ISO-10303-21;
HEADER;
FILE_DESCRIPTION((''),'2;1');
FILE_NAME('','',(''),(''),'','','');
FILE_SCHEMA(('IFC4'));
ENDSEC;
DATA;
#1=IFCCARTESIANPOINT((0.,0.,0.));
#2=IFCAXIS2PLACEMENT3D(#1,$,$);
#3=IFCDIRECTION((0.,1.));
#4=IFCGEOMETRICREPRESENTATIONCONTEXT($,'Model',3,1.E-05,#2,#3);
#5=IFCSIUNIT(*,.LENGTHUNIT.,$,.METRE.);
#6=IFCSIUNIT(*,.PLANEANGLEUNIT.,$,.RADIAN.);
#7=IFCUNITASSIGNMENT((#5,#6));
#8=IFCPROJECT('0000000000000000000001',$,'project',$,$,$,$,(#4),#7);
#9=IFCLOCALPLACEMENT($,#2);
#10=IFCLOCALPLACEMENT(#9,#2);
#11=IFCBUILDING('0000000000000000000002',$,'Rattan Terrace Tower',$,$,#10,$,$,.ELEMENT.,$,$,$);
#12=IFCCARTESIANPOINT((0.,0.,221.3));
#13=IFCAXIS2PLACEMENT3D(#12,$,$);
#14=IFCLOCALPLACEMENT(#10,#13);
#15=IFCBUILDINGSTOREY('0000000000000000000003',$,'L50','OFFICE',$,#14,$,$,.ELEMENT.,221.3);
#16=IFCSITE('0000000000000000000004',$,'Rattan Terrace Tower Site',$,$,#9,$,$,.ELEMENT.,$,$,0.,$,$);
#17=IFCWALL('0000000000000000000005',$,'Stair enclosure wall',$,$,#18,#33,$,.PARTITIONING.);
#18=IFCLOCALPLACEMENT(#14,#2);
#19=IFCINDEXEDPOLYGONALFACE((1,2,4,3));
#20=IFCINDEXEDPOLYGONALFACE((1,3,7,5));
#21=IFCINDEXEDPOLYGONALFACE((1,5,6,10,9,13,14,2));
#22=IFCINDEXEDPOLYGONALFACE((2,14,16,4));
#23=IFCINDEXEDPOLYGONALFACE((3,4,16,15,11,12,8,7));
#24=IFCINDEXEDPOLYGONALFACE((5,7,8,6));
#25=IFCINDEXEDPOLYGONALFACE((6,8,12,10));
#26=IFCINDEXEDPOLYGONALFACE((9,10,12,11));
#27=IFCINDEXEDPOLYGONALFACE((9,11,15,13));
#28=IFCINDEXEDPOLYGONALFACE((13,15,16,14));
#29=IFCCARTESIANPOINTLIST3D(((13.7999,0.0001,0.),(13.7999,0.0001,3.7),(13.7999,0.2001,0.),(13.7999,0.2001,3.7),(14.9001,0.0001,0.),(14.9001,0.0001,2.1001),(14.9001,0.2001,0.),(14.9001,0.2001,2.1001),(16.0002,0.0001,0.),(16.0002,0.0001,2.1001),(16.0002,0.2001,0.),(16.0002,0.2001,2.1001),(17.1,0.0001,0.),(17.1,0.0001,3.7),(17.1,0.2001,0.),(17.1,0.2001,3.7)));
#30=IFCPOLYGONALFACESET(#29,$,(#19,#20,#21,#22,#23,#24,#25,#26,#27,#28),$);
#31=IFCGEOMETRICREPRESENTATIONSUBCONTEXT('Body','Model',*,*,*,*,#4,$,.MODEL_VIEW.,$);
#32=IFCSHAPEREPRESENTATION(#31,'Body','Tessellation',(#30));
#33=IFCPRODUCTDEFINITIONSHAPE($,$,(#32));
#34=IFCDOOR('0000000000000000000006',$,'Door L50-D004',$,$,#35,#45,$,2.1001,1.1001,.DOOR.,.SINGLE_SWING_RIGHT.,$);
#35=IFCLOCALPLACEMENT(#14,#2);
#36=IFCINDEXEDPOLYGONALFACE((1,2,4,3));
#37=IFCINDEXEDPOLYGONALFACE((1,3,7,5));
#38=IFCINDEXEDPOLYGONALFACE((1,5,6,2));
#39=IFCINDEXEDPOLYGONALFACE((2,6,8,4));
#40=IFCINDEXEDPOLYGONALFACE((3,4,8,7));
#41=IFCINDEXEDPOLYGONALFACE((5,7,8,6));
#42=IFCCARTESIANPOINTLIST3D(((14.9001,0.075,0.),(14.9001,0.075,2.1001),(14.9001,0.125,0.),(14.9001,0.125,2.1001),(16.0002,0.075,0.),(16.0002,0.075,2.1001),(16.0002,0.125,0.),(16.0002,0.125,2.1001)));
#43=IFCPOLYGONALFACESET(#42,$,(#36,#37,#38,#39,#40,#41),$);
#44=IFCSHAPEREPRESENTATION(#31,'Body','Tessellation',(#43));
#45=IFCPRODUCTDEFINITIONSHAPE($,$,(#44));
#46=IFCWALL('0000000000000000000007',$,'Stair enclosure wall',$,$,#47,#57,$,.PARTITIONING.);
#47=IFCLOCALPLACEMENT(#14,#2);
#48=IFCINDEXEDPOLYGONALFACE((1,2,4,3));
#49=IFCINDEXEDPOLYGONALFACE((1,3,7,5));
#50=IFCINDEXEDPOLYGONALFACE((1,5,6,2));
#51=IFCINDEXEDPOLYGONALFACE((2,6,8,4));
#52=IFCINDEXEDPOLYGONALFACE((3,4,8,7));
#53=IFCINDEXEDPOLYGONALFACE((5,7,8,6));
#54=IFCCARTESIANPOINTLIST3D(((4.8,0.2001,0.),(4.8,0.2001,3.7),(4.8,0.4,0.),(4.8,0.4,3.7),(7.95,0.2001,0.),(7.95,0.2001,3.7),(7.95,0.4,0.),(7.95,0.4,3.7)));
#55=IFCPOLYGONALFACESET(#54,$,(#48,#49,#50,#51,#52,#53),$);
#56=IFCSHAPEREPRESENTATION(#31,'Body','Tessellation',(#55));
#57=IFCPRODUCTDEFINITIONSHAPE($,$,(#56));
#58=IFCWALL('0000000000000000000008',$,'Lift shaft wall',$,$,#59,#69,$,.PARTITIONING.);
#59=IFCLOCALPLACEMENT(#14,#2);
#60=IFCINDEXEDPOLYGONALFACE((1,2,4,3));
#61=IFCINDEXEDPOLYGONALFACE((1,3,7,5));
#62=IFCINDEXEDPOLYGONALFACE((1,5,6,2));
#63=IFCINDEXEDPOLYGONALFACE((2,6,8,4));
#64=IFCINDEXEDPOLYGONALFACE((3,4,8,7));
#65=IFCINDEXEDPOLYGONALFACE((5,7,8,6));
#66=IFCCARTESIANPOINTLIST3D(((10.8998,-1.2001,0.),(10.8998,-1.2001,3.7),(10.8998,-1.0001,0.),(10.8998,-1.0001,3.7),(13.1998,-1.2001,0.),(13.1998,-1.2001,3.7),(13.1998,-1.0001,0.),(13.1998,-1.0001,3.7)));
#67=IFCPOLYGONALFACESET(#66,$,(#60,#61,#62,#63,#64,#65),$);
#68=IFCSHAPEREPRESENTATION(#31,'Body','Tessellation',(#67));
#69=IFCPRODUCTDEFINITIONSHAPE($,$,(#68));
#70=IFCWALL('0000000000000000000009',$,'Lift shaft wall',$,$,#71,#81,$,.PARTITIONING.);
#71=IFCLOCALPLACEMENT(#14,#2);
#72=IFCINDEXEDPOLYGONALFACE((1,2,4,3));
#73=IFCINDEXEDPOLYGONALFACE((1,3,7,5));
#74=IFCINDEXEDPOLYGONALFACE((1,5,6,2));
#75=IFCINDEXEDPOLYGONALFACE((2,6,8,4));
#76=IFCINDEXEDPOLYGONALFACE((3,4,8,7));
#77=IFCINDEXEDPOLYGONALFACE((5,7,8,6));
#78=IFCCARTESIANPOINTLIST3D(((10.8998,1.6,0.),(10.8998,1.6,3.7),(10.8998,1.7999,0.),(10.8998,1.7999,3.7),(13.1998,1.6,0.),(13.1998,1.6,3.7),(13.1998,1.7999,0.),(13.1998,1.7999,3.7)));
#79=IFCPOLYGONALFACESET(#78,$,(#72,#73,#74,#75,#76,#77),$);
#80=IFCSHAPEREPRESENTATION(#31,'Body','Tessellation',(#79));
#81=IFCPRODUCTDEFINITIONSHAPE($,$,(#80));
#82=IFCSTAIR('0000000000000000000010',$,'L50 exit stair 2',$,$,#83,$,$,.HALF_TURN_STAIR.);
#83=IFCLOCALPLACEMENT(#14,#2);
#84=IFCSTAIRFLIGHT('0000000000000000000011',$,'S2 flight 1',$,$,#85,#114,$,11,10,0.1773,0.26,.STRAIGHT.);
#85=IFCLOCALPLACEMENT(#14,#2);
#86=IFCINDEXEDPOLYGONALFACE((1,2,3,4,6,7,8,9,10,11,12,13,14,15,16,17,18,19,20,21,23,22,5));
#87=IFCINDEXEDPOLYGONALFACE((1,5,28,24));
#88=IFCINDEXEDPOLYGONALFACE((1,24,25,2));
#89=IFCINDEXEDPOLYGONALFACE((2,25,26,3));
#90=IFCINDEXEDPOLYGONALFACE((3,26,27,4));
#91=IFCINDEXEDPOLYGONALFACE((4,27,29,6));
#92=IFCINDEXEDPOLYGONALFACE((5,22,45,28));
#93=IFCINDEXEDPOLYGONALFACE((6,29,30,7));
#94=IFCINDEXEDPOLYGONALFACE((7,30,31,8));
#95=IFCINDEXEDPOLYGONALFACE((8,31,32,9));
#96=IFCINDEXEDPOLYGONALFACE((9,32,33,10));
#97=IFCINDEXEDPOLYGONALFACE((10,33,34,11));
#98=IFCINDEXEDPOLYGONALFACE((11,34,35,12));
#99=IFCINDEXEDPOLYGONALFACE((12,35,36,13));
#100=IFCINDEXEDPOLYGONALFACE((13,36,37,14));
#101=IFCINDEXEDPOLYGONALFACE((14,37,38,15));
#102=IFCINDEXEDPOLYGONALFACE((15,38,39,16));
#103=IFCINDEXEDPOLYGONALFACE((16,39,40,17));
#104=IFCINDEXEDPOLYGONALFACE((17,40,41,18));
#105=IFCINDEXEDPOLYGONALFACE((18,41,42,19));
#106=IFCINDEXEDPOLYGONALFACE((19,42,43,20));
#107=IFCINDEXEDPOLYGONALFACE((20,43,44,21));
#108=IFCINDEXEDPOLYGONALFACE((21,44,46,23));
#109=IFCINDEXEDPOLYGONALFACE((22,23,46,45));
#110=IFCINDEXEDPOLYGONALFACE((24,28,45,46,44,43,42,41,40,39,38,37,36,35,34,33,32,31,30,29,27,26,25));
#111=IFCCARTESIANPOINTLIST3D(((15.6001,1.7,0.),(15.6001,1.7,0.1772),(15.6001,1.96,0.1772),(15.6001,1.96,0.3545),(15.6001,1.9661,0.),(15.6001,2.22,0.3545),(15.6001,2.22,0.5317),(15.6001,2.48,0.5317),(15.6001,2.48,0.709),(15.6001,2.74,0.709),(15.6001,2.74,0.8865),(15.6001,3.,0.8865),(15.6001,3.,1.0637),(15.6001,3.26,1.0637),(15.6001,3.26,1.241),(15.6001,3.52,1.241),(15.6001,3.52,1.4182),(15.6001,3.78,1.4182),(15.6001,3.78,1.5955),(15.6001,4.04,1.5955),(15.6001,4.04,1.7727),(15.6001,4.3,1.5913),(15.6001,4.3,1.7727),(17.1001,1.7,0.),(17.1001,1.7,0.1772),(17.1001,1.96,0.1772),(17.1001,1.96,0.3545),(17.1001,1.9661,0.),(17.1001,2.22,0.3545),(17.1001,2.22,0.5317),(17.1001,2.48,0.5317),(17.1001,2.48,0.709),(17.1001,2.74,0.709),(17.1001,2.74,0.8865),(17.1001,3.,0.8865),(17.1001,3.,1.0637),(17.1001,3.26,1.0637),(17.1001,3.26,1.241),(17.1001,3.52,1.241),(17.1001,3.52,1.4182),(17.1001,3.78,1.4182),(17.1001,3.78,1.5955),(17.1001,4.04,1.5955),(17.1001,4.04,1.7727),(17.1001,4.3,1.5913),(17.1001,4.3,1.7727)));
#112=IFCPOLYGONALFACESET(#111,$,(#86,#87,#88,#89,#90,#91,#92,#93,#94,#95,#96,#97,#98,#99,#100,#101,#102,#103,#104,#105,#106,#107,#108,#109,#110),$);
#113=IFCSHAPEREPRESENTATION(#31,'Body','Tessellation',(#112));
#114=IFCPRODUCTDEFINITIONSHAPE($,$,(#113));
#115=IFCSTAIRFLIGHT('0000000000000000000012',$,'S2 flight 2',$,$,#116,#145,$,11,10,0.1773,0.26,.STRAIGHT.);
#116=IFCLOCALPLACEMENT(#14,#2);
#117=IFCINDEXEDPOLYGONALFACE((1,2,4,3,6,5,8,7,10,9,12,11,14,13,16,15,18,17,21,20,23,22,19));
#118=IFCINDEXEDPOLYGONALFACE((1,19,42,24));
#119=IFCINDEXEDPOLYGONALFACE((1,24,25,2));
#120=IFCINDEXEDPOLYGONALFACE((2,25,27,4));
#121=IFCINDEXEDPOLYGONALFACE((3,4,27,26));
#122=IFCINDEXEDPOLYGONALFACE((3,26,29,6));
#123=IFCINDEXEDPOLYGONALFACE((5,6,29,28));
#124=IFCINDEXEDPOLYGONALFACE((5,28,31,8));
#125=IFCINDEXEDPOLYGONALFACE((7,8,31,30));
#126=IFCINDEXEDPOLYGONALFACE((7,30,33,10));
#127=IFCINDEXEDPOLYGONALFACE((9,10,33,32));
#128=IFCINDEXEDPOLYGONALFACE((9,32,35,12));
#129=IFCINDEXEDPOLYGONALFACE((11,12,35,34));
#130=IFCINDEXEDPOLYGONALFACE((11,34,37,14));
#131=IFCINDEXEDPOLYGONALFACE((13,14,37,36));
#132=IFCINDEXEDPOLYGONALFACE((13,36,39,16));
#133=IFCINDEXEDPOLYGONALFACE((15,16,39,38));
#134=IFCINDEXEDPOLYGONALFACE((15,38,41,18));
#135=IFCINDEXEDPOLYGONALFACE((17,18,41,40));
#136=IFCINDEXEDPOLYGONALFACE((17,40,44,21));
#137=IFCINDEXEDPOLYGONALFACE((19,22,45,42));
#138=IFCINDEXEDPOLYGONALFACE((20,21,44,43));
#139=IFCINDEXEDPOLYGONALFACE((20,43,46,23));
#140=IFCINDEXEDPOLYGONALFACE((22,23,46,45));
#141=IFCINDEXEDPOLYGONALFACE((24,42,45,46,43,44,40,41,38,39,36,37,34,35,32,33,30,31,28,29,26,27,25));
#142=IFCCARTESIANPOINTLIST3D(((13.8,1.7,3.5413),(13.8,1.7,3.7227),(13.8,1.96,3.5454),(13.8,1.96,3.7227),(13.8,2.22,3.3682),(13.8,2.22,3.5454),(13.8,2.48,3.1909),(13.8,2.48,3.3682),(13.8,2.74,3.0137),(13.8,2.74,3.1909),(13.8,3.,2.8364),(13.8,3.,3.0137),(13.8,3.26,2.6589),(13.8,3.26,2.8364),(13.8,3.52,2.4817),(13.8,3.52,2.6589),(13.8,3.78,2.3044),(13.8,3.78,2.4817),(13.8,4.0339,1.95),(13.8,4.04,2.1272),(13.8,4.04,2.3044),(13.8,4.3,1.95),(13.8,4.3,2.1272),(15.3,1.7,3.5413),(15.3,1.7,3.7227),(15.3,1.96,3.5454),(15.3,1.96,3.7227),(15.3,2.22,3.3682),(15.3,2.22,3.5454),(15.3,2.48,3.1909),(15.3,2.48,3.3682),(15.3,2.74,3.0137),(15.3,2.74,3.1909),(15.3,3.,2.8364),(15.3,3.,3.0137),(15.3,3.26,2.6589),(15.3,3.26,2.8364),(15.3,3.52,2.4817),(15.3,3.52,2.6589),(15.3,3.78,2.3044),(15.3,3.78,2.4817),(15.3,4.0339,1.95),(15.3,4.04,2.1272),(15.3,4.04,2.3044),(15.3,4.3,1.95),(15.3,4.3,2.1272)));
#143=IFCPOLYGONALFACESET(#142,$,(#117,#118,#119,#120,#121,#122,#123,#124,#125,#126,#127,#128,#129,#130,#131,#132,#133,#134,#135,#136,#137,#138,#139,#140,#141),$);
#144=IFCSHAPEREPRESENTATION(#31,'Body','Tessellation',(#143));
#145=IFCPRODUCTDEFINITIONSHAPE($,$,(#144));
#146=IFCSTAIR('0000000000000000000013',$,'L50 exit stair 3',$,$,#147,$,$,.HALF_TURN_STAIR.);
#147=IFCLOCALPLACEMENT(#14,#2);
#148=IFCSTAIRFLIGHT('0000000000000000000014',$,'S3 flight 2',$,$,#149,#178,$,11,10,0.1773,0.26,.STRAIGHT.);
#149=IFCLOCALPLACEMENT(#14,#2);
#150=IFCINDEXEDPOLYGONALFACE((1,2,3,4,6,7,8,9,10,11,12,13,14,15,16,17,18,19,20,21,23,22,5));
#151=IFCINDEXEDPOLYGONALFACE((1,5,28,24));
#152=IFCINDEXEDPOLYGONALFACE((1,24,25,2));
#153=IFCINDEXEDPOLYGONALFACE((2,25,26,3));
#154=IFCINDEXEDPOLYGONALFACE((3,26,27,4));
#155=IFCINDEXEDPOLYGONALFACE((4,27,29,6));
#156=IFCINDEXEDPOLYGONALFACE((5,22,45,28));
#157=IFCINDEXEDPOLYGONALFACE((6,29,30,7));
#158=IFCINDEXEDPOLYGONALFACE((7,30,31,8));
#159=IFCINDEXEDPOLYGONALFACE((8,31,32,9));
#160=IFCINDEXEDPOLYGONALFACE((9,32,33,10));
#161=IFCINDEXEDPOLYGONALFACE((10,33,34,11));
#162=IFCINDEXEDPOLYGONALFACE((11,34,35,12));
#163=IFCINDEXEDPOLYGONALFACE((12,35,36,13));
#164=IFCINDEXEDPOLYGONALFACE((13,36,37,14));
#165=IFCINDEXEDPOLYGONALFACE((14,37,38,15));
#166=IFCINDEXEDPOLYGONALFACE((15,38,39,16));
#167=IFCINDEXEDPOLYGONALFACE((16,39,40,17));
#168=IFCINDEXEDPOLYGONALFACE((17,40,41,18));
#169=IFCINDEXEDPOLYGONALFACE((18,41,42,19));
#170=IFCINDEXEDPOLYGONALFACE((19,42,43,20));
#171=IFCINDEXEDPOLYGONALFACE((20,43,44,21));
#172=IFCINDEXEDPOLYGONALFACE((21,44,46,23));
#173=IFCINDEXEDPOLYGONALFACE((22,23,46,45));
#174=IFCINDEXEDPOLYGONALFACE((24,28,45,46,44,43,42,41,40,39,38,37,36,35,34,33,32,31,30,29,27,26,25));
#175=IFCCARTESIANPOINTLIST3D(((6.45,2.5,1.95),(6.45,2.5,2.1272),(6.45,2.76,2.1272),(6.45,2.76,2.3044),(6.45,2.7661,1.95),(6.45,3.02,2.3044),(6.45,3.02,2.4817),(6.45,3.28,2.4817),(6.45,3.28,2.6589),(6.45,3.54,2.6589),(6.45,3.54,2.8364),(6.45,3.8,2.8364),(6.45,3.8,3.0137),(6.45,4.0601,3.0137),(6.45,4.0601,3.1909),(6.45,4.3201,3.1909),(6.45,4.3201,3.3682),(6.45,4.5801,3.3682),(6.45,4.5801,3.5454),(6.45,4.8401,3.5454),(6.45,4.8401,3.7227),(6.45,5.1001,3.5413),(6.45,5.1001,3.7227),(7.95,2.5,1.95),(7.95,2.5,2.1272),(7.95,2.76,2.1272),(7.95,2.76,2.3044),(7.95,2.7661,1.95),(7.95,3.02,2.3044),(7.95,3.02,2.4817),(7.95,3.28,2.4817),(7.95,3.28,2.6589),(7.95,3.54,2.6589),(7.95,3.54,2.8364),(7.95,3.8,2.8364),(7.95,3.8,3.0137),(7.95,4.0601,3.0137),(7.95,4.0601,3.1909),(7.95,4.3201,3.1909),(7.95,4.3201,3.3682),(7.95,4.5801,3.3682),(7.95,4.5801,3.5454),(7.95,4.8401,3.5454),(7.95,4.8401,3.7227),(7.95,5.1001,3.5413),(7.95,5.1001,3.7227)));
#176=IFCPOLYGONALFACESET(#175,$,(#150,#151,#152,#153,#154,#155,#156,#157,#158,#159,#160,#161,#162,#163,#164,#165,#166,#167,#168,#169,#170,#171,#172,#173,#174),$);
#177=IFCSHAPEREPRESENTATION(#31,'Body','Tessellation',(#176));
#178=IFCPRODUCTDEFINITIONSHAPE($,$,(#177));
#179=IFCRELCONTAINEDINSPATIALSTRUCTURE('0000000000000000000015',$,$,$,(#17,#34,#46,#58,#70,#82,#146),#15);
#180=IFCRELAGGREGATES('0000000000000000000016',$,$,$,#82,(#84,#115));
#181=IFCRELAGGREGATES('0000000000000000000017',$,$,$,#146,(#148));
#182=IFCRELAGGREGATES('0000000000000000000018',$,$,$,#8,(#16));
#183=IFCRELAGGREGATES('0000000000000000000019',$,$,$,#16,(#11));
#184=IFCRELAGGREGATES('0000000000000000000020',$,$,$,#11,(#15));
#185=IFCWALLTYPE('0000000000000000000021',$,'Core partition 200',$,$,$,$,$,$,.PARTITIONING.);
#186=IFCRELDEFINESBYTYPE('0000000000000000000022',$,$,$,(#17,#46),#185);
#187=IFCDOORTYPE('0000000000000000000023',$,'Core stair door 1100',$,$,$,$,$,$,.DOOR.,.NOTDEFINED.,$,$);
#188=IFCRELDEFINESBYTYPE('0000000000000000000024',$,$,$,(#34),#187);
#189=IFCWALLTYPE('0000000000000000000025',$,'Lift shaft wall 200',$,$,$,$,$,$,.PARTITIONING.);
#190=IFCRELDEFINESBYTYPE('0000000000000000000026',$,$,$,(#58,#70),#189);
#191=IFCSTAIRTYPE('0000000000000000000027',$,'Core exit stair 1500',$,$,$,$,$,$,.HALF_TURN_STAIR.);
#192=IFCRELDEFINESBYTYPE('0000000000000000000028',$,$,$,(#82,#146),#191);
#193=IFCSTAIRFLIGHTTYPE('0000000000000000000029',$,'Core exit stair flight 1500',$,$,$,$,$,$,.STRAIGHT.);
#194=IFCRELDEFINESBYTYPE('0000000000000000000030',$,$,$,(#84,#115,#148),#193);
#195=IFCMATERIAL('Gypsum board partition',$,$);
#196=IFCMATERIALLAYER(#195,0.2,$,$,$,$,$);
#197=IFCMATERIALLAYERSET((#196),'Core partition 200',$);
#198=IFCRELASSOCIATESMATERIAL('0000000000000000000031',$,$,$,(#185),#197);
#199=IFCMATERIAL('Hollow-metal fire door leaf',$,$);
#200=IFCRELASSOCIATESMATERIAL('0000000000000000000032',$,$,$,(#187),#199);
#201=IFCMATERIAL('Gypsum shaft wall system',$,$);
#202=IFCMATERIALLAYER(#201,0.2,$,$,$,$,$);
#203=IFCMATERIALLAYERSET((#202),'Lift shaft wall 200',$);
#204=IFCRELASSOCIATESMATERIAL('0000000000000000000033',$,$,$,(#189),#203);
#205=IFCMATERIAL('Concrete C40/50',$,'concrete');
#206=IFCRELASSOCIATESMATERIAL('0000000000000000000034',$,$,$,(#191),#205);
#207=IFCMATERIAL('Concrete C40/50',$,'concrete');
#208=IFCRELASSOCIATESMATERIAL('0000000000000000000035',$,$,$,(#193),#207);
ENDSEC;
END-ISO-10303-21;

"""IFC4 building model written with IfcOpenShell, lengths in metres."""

from ifc_helpers import new_model, si_unit, direction, frame, frame_2d, origin, place, context, subcontext, project, spatial, polyline, rectangle, outline, extrude, material, layer, layer_set, type_object, element, fill, aggregate, save


model = new_model("IFC4")

# Units and contexts
model_context = context("Model", 3, precision=1e-05, world=origin(), true_north=direction((0.0, 1.0)))
body_context = subcontext(model_context, "Body", "Model", "MODEL_VIEW")
ifc_project = project(units=[si_unit("LENGTHUNIT", "METRE"), si_unit("PLANEANGLEUNIT", "RADIAN")], contexts=[model_context])

# Site, building, storey
site_placement = place(None, origin())
site = spatial("IfcSite", under=ifc_project, at=site_placement, Name="Rattan Terrace Tower Site", CompositionType="ELEMENT", RefElevation=0.0)
building_placement = place(site_placement, origin())
building = spatial("IfcBuilding", under=site, at=building_placement, Name="Rattan Terrace Tower", CompositionType="ELEMENT")
storey_placement = place(building_placement, frame((0.0, 0.0, 221.3)))
storey = spatial("IfcBuildingStorey", under=building, at=storey_placement, Name="L50", Description="OFFICE", CompositionType="ELEMENT", Elevation=221.3)

# Wall, opening, door
ifc_material_1 = material(Name="Gypsum board partition")
ifc_layer_1 = layer(ifc_material_1, 0.2)
ifc_layer_set_1 = layer_set([ifc_layer_1], Name="Core partition 200")
wall_type_1 = type_object("IfcWallType", Name="Core partition 200", PredefinedType="PARTITIONING", material=ifc_layer_set_1)
wall_1_placement = place(storey_placement, frame((13.8, 0.1001, 0.0), z_axis=(0.0, 0.0, 1.0), x_axis=(1.0, 0.0, 0.0)))
wall_1 = element("IfcWall", 1, at=wall_1_placement, inside=storey, type_object=wall_type_1, Name="Stair enclosure wall", PredefinedType="PARTITIONING", context=body_context, shape_type="SweptSolid", body=[
    extrude(rectangle(XDim=3.3, YDim=0.2, at=frame_2d((1.6499, 0.0))), origin(), (0.0, 0.0, 1.0), 3.7),
])
opening_placement = place(wall_1_placement, frame((1.1001, 0.0, 0.0)))
opening = element("IfcOpeningElement", 2, at=opening_placement, cuts=wall_1, PredefinedType="OPENING", context=body_context, shape_type="SweptSolid", body=[
    extrude(rectangle(XDim=1.1001, YDim=2.1001, at=frame_2d((0.55, 1.05))), frame((0.0, 0.1106, 0.0), z_axis=(0.0, -1.0, 0.0), x_axis=(1.0, 0.0, 0.0)), (0.0, 0.0, 1.0), 0.2209),
])
ifc_material_2 = material(Name="Hollow-metal fire door leaf")
door_type = type_object("IfcDoorType", Name="Core stair door 1100", OperationType="NOTDEFINED", PredefinedType="DOOR", material=ifc_material_2)
door_placement = place(opening_placement, origin())
door = element("IfcDoor", 3, at=door_placement, inside=storey, type_object=door_type, Name="Door L50-D004", OperationType="SINGLE_SWING_RIGHT", OverallHeight=2.1001, OverallWidth=1.1001, PredefinedType="DOOR", context=body_context, shape_type="SweptSolid", body=[
    extrude(rectangle(XDim=1.1001, YDim=2.1001, at=frame_2d((0.55, 1.05))), frame((0.0, 0.0249, 0.0), z_axis=(0.0, -1.0, 0.0), x_axis=(1.0, 0.0, 0.0)), (0.0, 0.0, 1.0), 0.05),
])
fill(opening, door)

# Walls
wall_2_placement = place(storey_placement, frame((4.8, 0.3, 0.0), z_axis=(0.0, 0.0, 1.0), x_axis=(1.0, 0.0, 0.0)))
element("IfcWall", 4, at=wall_2_placement, inside=storey, type_object=wall_type_1, Name="Stair enclosure wall", PredefinedType="PARTITIONING", context=body_context, shape_type="SweptSolid", body=[
    extrude(rectangle(XDim=3.1499, YDim=0.2, at=frame_2d((1.575, 0.0))), origin(), (0.0, 0.0, 1.0), 3.7),
])
ifc_material_3 = material(Name="Gypsum shaft wall system")
ifc_layer_2 = layer(ifc_material_3, 0.2)
ifc_layer_set_2 = layer_set([ifc_layer_2], Name="Lift shaft wall 200")
wall_type_2 = type_object("IfcWallType", Name="Lift shaft wall 200", PredefinedType="PARTITIONING", material=ifc_layer_set_2)
for number, where, z_axis, x_axis, name in (
    (5, (10.8999, -1.1001, 0.0), (0.0, 0.0, 1.0), (1.0, 0.0, 0.0), "Lift shaft wall"),
    (6, (10.8999, 1.7, 0.0), (0.0, 0.0, 1.0), (1.0, 0.0, 0.0), "Lift shaft wall"),
):
    element("IfcWall", number, at=place(storey_placement, frame(where, z_axis=z_axis, x_axis=x_axis)), inside=storey, type_object=wall_type_2, Name=name, PredefinedType="PARTITIONING", context=body_context, shape_type="SweptSolid", body=[
        extrude(rectangle(XDim=2.3, YDim=0.2, at=frame_2d((1.1499, 0.0))), origin(), (0.0, 0.0, 1.0), 3.7),
    ])

# Stair, stair flights
ifc_material_4 = material(Name="Concrete C40/50", Category="concrete")
stair_type = type_object("IfcStairType", Name="Core exit stair 1500", PredefinedType="HALF_TURN_STAIR", material=ifc_material_4)
stair_1_placement = place(storey_placement, origin())
stair_1 = element("IfcStair", 7, at=stair_1_placement, inside=storey, type_object=stair_type, Name="L50 exit stair 2", PredefinedType="HALF_TURN_STAIR")
ifc_material_5 = material(Name="Concrete C40/50", Category="concrete")
stair_flight_type = type_object("IfcStairFlightType", Name="Core exit stair flight 1500", PredefinedType="STRAIGHT", material=ifc_material_5)
stair_flight_1_placement = place(storey_placement, frame((16.3501, 1.7, 0.0), z_axis=(0.0, 0.0, 1.0), x_axis=(0.0, 1.0, 0.0)))
stair_flight_1 = element("IfcStairFlight", 8, at=stair_flight_1_placement, type_object=stair_flight_type, Name="S2 flight 1", NumberOfRisers=11, NumberOfTreads=10, PredefinedType="STRAIGHT", RiserHeight=0.1773, TreadLength=0.26, context=body_context, shape_type="SweptSolid", body=[
    extrude(outline(polyline([(0.0, 0.0), (0.0, 0.1772), (0.26, 0.1772), (0.26, 0.3545), (0.52, 0.3545), (0.52, 0.5317), (0.78, 0.5317), (0.78, 0.709), (1.04, 0.709), (1.04, 0.8865), (1.3, 0.8865), (1.3, 1.0637), (1.5601, 1.0637), (1.5601, 1.241), (1.8201, 1.241), (1.8201, 1.4182), (2.0801, 1.4182), (2.0801, 1.5955), (2.3401, 1.5955), (2.3401, 1.7727), (2.6001, 1.7727), (2.6001, 1.95), (2.6001, 1.5913), (0.2661, 0.0), (0.0, 0.0)])), frame((0.0, 0.75, 0.0), z_axis=(0.0, -1.0, 0.0), x_axis=(1.0, 0.0, 0.0)), (0.0, 0.0, 1.0), 1.5),
])
stair_flight_2_placement = place(storey_placement, frame((14.55, 4.3, 1.95), z_axis=(0.0, 0.0, 1.0), x_axis=(0.0, -1.0, 0.0)))
stair_flight_2 = element("IfcStairFlight", 9, at=stair_flight_2_placement, type_object=stair_flight_type, Name="S2 flight 2", NumberOfRisers=11, NumberOfTreads=10, PredefinedType="STRAIGHT", RiserHeight=0.1773, TreadLength=0.26, context=body_context, shape_type="SweptSolid", body=[
    extrude(outline(polyline([(0.0, 0.0), (0.0, 0.1772), (0.26, 0.1772), (0.26, 0.3545), (0.52, 0.3545), (0.52, 0.5317), (0.78, 0.5317), (0.78, 0.709), (1.04, 0.709), (1.04, 0.8865), (1.3, 0.8865), (1.3, 1.0637), (1.5601, 1.0637), (1.5601, 1.241), (1.8201, 1.241), (1.8201, 1.4182), (2.0801, 1.4182), (2.0801, 1.5955), (2.3401, 1.5955), (2.3401, 1.7727), (2.6001, 1.7727), (2.6001, 1.95), (2.6001, 1.5913), (0.2661, 0.0), (0.0, 0.0)])), frame((0.0, 0.75, 0.0), z_axis=(0.0, -1.0, 0.0), x_axis=(1.0, 0.0, 0.0)), (0.0, 0.0, 1.0), 1.5),
])
aggregate(stair_1, [stair_flight_1, stair_flight_2])

# Stair, stair flight
stair_2_placement = place(storey_placement, origin())
stair_2 = element("IfcStair", 10, at=stair_2_placement, inside=storey, type_object=stair_type, Name="L50 exit stair 3", PredefinedType="HALF_TURN_STAIR")
stair_flight_3_placement = place(storey_placement, frame((7.2, 2.5, 1.95), z_axis=(0.0, 0.0, 1.0), x_axis=(0.0, 1.0, 0.0)))
stair_flight_3 = element("IfcStairFlight", 11, at=stair_flight_3_placement, type_object=stair_flight_type, Name="S3 flight 2", NumberOfRisers=11, NumberOfTreads=10, PredefinedType="STRAIGHT", RiserHeight=0.1773, TreadLength=0.26, context=body_context, shape_type="SweptSolid", body=[
    extrude(outline(polyline([(0.0, 0.0), (0.0, 0.1772), (0.26, 0.1772), (0.26, 0.3545), (0.52, 0.3545), (0.52, 0.5317), (0.78, 0.5317), (0.78, 0.709), (1.04, 0.709), (1.04, 0.8865), (1.3, 0.8865), (1.3, 1.0637), (1.5601, 1.0637), (1.5601, 1.241), (1.8201, 1.241), (1.8201, 1.4182), (2.0801, 1.4182), (2.0801, 1.5955), (2.3401, 1.5955), (2.3401, 1.7727), (2.6001, 1.7727), (2.6001, 1.95), (2.6001, 1.5913), (0.2661, 0.0), (0.0, 0.0)])), frame((0.0, 0.75, 0.0), z_axis=(0.0, -1.0, 0.0), x_axis=(1.0, 0.0, 0.0)), (0.0, 0.0, 1.0), 1.5),
])
aggregate(stair_2, [stair_flight_3])

save(model, "model.ifc")
